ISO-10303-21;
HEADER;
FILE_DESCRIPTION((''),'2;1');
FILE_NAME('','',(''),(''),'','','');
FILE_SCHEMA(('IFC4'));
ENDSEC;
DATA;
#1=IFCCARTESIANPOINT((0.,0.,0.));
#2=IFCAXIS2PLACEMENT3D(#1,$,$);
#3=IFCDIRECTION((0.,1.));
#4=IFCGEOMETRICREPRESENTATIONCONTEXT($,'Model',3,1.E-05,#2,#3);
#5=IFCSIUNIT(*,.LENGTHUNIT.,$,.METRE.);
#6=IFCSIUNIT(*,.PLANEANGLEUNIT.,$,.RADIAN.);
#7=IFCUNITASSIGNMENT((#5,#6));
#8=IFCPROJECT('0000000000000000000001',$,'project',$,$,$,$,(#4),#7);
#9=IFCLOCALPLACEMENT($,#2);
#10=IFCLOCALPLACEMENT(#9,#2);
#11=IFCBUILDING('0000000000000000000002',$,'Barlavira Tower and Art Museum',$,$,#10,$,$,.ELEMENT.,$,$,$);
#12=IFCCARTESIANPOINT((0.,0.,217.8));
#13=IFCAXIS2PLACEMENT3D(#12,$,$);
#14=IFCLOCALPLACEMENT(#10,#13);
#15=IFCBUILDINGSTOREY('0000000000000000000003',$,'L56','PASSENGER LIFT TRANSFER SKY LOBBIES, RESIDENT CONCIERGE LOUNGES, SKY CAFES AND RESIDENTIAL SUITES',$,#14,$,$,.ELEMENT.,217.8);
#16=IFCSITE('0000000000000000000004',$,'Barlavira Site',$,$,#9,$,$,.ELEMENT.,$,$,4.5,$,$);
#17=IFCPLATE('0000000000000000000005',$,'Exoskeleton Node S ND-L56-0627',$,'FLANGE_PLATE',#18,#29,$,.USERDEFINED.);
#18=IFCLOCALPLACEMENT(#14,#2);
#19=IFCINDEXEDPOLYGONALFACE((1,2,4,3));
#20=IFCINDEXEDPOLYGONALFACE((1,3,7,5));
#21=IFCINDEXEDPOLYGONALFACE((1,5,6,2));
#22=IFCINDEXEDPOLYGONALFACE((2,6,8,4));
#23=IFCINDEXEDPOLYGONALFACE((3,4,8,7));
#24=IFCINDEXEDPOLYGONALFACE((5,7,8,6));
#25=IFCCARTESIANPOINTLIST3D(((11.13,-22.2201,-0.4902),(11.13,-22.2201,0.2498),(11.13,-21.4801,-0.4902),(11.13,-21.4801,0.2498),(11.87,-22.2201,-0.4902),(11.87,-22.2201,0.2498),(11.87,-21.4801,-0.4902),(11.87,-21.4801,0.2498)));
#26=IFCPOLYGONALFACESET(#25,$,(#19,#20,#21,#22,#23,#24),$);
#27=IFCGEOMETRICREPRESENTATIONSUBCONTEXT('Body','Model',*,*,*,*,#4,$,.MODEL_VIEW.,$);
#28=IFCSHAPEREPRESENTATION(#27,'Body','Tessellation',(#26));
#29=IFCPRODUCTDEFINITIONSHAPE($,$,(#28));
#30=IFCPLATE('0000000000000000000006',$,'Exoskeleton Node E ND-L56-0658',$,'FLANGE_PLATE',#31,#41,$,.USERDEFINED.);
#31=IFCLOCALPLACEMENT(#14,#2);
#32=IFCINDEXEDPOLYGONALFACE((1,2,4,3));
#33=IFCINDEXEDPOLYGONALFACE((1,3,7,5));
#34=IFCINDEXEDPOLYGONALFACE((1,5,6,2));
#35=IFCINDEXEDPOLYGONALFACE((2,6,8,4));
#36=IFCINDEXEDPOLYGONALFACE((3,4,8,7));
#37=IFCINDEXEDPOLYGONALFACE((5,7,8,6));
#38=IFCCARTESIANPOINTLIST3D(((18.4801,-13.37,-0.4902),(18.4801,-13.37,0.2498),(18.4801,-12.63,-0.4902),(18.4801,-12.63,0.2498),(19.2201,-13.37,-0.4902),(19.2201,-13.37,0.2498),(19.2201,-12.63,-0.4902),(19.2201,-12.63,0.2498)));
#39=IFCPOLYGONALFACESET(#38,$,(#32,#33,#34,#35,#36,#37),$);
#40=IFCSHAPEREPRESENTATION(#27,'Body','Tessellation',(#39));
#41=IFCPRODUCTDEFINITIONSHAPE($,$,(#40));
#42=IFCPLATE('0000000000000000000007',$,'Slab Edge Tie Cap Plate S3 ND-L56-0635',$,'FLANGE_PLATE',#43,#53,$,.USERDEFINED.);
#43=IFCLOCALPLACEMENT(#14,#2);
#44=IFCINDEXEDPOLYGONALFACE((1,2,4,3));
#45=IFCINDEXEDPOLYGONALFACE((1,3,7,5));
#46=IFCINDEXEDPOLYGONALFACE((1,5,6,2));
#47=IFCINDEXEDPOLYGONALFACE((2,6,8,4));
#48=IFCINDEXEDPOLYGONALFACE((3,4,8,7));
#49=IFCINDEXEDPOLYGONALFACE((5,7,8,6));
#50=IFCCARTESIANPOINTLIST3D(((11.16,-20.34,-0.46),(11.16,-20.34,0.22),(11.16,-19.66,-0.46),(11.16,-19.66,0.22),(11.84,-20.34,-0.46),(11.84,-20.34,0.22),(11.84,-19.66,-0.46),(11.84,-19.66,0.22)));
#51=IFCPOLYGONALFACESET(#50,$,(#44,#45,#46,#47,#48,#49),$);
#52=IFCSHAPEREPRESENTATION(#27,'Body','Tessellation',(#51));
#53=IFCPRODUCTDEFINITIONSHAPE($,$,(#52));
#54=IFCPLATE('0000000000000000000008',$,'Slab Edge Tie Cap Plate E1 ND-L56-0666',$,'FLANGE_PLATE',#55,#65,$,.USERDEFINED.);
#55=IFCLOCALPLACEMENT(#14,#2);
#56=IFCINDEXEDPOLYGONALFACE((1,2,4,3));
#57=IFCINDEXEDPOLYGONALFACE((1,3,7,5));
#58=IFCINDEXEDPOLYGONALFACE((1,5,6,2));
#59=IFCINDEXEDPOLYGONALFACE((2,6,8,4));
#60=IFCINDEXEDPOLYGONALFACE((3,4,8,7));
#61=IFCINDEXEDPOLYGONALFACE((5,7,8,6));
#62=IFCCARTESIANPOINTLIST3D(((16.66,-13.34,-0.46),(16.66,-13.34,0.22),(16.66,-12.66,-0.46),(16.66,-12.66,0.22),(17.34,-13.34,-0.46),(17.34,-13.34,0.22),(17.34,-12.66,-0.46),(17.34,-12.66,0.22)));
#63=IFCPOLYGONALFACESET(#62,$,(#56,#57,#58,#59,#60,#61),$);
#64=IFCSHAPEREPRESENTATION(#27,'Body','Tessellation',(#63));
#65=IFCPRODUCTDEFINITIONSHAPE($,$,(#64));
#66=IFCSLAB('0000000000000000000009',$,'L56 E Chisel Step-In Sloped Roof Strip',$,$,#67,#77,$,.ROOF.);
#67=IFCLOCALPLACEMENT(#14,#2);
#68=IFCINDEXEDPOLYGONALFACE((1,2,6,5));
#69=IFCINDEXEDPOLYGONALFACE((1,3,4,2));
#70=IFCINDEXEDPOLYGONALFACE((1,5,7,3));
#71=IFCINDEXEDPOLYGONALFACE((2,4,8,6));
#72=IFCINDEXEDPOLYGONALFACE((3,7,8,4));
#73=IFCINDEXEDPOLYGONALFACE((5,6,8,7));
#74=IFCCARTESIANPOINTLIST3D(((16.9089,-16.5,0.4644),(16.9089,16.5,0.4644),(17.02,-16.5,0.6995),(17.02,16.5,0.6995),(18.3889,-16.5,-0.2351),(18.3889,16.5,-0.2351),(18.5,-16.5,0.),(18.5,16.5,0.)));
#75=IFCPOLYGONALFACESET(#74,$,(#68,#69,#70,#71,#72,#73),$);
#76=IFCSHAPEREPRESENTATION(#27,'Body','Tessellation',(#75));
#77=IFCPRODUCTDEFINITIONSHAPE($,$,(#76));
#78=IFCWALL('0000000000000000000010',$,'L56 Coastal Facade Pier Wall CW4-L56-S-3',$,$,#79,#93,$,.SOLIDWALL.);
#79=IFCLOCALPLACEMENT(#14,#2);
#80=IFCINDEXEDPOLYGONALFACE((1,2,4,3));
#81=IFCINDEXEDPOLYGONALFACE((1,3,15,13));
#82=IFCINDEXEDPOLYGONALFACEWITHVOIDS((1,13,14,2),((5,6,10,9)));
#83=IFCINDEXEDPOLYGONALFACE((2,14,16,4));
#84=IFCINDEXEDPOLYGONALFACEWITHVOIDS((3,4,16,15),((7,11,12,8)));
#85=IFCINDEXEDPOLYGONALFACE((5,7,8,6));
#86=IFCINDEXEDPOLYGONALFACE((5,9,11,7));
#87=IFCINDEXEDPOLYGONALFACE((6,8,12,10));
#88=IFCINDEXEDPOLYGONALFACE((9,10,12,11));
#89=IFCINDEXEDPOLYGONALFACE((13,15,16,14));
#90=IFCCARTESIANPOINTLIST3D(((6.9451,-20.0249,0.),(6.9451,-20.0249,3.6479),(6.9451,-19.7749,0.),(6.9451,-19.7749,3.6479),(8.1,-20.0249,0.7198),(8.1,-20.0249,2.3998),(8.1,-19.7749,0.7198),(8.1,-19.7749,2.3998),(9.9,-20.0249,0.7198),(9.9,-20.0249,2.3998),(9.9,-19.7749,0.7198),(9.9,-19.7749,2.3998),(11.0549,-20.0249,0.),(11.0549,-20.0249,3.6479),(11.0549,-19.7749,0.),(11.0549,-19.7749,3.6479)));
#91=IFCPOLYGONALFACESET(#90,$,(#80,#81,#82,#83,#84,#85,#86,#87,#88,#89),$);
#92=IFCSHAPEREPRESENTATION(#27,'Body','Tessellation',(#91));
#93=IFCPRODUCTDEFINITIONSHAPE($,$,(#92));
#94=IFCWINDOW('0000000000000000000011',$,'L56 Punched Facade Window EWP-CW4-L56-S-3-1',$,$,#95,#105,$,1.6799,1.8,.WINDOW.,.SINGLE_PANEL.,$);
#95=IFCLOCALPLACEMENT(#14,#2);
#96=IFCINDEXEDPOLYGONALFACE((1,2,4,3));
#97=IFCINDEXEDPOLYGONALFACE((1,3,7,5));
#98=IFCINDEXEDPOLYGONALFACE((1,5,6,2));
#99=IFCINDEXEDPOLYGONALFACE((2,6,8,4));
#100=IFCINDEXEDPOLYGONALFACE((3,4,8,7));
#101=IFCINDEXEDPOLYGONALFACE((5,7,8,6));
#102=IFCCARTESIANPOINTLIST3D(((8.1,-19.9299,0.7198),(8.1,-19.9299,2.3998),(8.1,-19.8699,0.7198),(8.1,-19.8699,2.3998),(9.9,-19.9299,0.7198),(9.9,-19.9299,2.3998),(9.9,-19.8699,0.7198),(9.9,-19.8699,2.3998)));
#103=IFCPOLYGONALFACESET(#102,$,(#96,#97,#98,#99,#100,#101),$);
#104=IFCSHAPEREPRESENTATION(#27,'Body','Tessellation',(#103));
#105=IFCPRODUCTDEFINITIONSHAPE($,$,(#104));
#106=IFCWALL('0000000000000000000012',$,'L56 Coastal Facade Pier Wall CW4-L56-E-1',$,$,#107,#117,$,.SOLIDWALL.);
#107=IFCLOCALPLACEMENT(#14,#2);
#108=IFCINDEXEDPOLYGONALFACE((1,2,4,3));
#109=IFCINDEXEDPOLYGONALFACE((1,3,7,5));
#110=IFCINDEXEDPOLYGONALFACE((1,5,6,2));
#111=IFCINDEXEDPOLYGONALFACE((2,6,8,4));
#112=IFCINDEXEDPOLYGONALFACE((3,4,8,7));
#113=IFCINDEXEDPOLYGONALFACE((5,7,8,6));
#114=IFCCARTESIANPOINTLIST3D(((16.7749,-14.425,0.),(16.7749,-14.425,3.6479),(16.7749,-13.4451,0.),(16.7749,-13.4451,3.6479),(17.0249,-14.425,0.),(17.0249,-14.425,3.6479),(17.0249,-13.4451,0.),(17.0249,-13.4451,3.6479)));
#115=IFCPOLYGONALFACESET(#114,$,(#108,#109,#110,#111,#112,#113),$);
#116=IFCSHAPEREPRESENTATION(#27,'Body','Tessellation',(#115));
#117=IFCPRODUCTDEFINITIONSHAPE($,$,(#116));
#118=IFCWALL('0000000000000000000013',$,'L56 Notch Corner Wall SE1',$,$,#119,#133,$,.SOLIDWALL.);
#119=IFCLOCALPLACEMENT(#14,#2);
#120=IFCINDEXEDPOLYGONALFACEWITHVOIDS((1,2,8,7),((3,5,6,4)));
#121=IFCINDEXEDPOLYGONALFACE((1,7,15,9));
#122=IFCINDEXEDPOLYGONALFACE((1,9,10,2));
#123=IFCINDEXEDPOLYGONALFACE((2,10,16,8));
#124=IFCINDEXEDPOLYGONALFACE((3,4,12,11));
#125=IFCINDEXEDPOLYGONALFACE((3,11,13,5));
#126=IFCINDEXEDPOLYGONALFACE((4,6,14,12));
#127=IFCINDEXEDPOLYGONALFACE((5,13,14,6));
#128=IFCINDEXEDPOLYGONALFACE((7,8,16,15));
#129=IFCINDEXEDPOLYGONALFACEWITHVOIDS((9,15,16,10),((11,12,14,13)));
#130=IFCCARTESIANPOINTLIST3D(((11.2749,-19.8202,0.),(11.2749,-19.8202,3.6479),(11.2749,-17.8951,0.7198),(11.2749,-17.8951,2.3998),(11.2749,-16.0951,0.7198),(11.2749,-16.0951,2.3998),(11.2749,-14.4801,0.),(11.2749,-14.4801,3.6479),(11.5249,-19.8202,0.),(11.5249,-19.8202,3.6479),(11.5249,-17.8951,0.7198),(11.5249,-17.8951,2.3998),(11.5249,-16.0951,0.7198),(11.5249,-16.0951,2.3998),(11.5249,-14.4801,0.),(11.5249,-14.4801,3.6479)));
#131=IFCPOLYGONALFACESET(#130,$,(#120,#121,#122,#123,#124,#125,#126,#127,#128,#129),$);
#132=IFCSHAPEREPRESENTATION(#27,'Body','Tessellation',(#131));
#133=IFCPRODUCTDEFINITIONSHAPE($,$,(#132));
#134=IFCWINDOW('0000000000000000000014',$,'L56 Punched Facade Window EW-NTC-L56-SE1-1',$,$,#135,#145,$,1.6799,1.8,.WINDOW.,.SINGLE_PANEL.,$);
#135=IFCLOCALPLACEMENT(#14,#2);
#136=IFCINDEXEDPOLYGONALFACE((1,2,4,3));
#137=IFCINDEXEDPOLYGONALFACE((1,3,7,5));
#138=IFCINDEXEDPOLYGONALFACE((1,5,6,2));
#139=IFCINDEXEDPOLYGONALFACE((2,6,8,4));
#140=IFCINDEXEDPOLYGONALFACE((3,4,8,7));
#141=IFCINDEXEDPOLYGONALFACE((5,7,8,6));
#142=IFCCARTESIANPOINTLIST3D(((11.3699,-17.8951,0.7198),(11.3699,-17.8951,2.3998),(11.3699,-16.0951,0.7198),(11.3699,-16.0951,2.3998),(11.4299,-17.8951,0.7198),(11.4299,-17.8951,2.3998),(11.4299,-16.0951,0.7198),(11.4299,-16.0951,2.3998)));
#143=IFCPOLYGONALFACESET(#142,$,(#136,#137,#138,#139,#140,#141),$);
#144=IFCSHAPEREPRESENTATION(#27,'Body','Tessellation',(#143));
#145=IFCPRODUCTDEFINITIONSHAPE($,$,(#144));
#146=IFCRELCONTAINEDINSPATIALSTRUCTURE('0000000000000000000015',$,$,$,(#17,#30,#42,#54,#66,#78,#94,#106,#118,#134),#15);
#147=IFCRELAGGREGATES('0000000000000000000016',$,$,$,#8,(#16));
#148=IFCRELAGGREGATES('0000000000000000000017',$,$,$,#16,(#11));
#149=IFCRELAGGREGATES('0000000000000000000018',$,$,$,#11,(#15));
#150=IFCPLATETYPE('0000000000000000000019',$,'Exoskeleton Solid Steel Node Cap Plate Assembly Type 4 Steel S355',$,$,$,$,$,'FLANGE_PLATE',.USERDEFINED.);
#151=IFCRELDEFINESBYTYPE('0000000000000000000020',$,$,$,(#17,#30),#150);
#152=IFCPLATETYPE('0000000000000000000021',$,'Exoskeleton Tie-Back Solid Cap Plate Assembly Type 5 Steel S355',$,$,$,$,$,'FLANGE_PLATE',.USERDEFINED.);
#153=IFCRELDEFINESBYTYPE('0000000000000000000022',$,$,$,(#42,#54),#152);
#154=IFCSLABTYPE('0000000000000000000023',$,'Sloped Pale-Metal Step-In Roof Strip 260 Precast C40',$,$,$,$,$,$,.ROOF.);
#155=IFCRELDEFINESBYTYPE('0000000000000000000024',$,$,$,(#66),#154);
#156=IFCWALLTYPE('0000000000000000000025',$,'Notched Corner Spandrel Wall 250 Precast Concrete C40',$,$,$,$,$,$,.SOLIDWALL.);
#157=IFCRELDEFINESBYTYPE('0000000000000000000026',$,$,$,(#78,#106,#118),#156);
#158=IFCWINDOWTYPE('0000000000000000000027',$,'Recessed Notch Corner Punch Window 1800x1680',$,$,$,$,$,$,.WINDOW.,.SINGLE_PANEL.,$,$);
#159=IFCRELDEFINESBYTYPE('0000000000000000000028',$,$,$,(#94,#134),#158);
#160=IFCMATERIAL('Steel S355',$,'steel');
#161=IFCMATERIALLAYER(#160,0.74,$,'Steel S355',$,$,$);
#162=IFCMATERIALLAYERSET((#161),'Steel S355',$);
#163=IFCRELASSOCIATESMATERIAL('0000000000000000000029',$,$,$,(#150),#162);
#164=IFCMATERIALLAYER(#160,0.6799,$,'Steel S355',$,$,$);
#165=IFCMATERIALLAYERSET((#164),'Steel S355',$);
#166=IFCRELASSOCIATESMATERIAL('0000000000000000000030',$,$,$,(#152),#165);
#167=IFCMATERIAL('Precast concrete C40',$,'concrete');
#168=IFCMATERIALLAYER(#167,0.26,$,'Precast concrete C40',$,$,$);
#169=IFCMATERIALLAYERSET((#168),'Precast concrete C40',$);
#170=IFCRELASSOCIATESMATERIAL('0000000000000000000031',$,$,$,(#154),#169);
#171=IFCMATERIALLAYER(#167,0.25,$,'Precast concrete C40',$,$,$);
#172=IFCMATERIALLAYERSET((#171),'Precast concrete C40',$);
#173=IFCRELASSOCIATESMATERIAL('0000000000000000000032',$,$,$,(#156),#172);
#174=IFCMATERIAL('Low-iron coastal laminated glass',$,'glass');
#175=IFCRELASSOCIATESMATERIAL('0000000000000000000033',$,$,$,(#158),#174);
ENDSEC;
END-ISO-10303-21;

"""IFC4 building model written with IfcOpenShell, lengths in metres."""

from ifc_helpers import new_model, si_unit, direction, frame, frame_2d, origin, origin_2d, place, context, subcontext, project, spatial, polyline, rectangle, outline, extrude, material, layer, layer_set, type_object, element, fill, save


model = new_model("IFC4")

# Units and contexts
model_context = context("Model", 3, precision=1e-05, world=origin(), true_north=direction((0.0, 1.0)))
body_context = subcontext(model_context, "Body", "Model", "MODEL_VIEW")
ifc_project = project(units=[si_unit("LENGTHUNIT", "METRE"), si_unit("PLANEANGLEUNIT", "RADIAN")], contexts=[model_context])

# Site, building, storey
site_placement = place(None, origin())
site = spatial("IfcSite", under=ifc_project, at=site_placement, Name="Barlavira Site", CompositionType="ELEMENT", RefElevation=4.5)
building_placement = place(site_placement, origin())
building = spatial("IfcBuilding", under=site, at=building_placement, Name="Barlavira Tower and Art Museum", CompositionType="ELEMENT")
storey_placement = place(building_placement, frame((0.0, 0.0, 217.8)))
storey = spatial("IfcBuildingStorey", under=building, at=storey_placement, Name="L56", Description="PASSENGER LIFT TRANSFER SKY LOBBIES, RESIDENT CONCIERGE LOUNGES, SKY CAFES AND RESIDENTIAL SUITES", CompositionType="ELEMENT", Elevation=217.8)

# Shared definitions
ifc_material_1 = material(Name="Steel S355", Category="steel")

# Plates
ifc_layer_1 = layer(ifc_material_1, 0.74, Name="Steel S355")
ifc_layer_set_1 = layer_set([ifc_layer_1], Name="Steel S355")
plate_type_1 = type_object("IfcPlateType", Name="Exoskeleton Solid Steel Node Cap Plate Assembly Type 4 Steel S355", ElementType="FLANGE_PLATE", PredefinedType="USERDEFINED", material=ifc_layer_set_1)
for number, where, z_axis, x_axis, name in (
    (1, (11.5, -21.8501, -0.4902), (0.0, 0.0, 1.0), (1.0, 0.0, 0.0), "Exoskeleton Node S ND-L56-0627"),
    (2, (18.8501, -13.0, -0.4902), (0.0, 0.0, 1.0), (1.0, 0.0, 0.0), "Exoskeleton Node E ND-L56-0658"),
):
    element("IfcPlate", number, at=place(storey_placement, frame(where, z_axis=z_axis, x_axis=x_axis)), inside=storey, type_object=plate_type_1, Name=name, ObjectType="FLANGE_PLATE", PredefinedType="USERDEFINED", context=body_context, shape_type="SweptSolid", body=[
        extrude(rectangle(XDim=0.74, YDim=0.74, at=origin_2d()), origin(), (0.0, 0.0, 1.0), 0.74),
    ])
ifc_layer_2 = layer(ifc_material_1, 0.6799, Name="Steel S355")
ifc_layer_set_2 = layer_set([ifc_layer_2], Name="Steel S355")
plate_type_2 = type_object("IfcPlateType", Name="Exoskeleton Tie-Back Solid Cap Plate Assembly Type 5 Steel S355", ElementType="FLANGE_PLATE", PredefinedType="USERDEFINED", material=ifc_layer_set_2)
for number, where, z_axis, x_axis, name in (
    (3, (11.5, -20.0, -0.46), (0.0, 0.0, 1.0), (1.0, 0.0, 0.0), "Slab Edge Tie Cap Plate S3 ND-L56-0635"),
    (4, (17.0, -13.0, -0.46), (0.0, 0.0, 1.0), (1.0, 0.0, 0.0), "Slab Edge Tie Cap Plate E1 ND-L56-0666"),
):
    element("IfcPlate", number, at=place(storey_placement, frame(where, z_axis=z_axis, x_axis=x_axis)), inside=storey, type_object=plate_type_2, Name=name, ObjectType="FLANGE_PLATE", PredefinedType="USERDEFINED", context=body_context, shape_type="SweptSolid", body=[
        extrude(rectangle(XDim=0.6799, YDim=0.6799, at=origin_2d()), origin(), (0.0, 0.0, 1.0), 0.6799),
    ])

# Slab
ifc_material_2 = material(Name="Precast concrete C40", Category="concrete")
ifc_layer_3 = layer(ifc_material_2, 0.26, Name="Precast concrete C40")
ifc_layer_set_3 = layer_set([ifc_layer_3], Name="Precast concrete C40")
slab_type = type_object("IfcSlabType", Name="Sloped Pale-Metal Step-In Roof Strip 260 Precast C40", PredefinedType="ROOF", material=ifc_layer_set_3)
slab_placement = place(storey_placement, frame((17.02, -16.5, 0.6995), z_axis=(0.427298, 0.0, 0.904111), x_axis=(0.904111, 0.0, -0.427298)))
element("IfcSlab", 5, at=slab_placement, inside=storey, type_object=slab_type, Name="L56 E Chisel Step-In Sloped Roof Strip", PredefinedType="ROOF", context=body_context, shape_type="SweptSolid", body=[
    extrude(outline(polyline([(0.0, 0.0), (1.6369, 0.0), (1.6369, 33.0), (0.0, 33.0), (0.0, 0.0)])), origin(), (0.0, 0.0, -1.0), 0.26),
])

# Wall, opening, window
ifc_layer_4 = layer(ifc_material_2, 0.25, Name="Precast concrete C40")
ifc_layer_set_4 = layer_set([ifc_layer_4], Name="Precast concrete C40")
wall_type = type_object("IfcWallType", Name="Notched Corner Spandrel Wall 250 Precast Concrete C40", PredefinedType="SOLIDWALL", material=ifc_layer_set_4)
wall_1_placement = place(storey_placement, frame((6.9451, -19.8999, 0.0), z_axis=(0.0, 0.0, 1.0), x_axis=(1.0, 0.0, 0.0)))
wall_1 = element("IfcWall", 6, at=wall_1_placement, inside=storey, type_object=wall_type, Name="L56 Coastal Facade Pier Wall CW4-L56-S-3", PredefinedType="SOLIDWALL", context=body_context, shape_type="SweptSolid", body=[
    extrude(rectangle(XDim=4.1099, YDim=0.25, at=frame_2d((2.0549, 0.0))), origin(), (0.0, 0.0, 1.0), 3.6479),
])
opening_1_placement = place(wall_1_placement, frame((1.155, 0.0, 0.72)))
opening_1 = element("IfcOpeningElement", 7, at=opening_1_placement, cuts=wall_1, PredefinedType="OPENING", context=body_context, shape_type="SweptSolid", body=[
    extrude(rectangle(XDim=1.8, YDim=1.6799, at=frame_2d((0.8999, 0.8398))), frame((0.0, 0.135, 0.0), z_axis=(0.0, -1.0, 0.0), x_axis=(1.0, 0.0, 0.0)), (0.0, 0.0, 1.0), 0.27),
])
ifc_material_3 = material(Name="Low-iron coastal laminated glass", Category="glass")
window_type = type_object("IfcWindowType", Name="Recessed Notch Corner Punch Window 1800x1680", PartitioningType="SINGLE_PANEL", PredefinedType="WINDOW", material=ifc_material_3)
window_1_placement = place(opening_1_placement, origin())
window_1 = element("IfcWindow", 8, at=window_1_placement, inside=storey, type_object=window_type, Name="L56 Punched Facade Window EWP-CW4-L56-S-3-1", OverallHeight=1.6799, OverallWidth=1.8, PartitioningType="SINGLE_PANEL", PredefinedType="WINDOW", context=body_context, shape_type="SweptSolid", body=[
    extrude(rectangle(XDim=1.8, YDim=1.6799, at=frame_2d((0.8999, 0.8398))), frame((0.0, 0.03, 0.0), z_axis=(0.0, -1.0, 0.0), x_axis=(1.0, 0.0, 0.0)), (0.0, 0.0, 1.0), 0.0601),
])
fill(opening_1, window_1)

# Wall
wall_2_placement = place(storey_placement, frame((16.8999, -14.425, 0.0), z_axis=(0.0, 0.0, 1.0), x_axis=(0.0, 1.0, 0.0)))
element("IfcWall", 9, at=wall_2_placement, inside=storey, type_object=wall_type, Name="L56 Coastal Facade Pier Wall CW4-L56-E-1", PredefinedType="SOLIDWALL", context=body_context, shape_type="SweptSolid", body=[
    extrude(rectangle(XDim=0.98, YDim=0.25, at=frame_2d((0.49, 0.0))), origin(), (0.0, 0.0, 1.0), 3.6479),
])

# Wall, opening, window
wall_3_placement = place(storey_placement, frame((11.3999, -19.8201, 0.0), z_axis=(0.0, 0.0, 1.0), x_axis=(0.0, 1.0, 0.0)))
wall_3 = element("IfcWall", 10, at=wall_3_placement, inside=storey, type_object=wall_type, Name="L56 Notch Corner Wall SE1", PredefinedType="SOLIDWALL", context=body_context, shape_type="SweptSolid", body=[
    extrude(rectangle(XDim=5.3401, YDim=0.25, at=frame_2d((2.6699, 0.0))), origin(), (0.0, 0.0, 1.0), 3.6479),
])
opening_2_placement = place(wall_3_placement, frame((1.925, 0.0, 0.72)))
opening_2 = element("IfcOpeningElement", 11, at=opening_2_placement, cuts=wall_3, PredefinedType="OPENING", context=body_context, shape_type="SweptSolid", body=[
    extrude(rectangle(XDim=1.8, YDim=1.6799, at=frame_2d((0.8999, 0.8398))), frame((0.0, 0.135, 0.0), z_axis=(0.0, -1.0, 0.0), x_axis=(1.0, 0.0, 0.0)), (0.0, 0.0, 1.0), 0.27),
])
window_2_placement = place(opening_2_placement, origin())
window_2 = element("IfcWindow", 12, at=window_2_placement, inside=storey, type_object=window_type, Name="L56 Punched Facade Window EW-NTC-L56-SE1-1", OverallHeight=1.6799, OverallWidth=1.8, PartitioningType="SINGLE_PANEL", PredefinedType="WINDOW", context=body_context, shape_type="SweptSolid", body=[
    extrude(rectangle(XDim=1.8, YDim=1.6799, at=frame_2d((0.8999, 0.8398))), frame((0.0, 0.03, 0.0), z_axis=(0.0, -1.0, 0.0), x_axis=(1.0, 0.0, 0.0)), (0.0, 0.0, 1.0), 0.0601),
])
fill(opening_2, window_2)

save(model, "model.ifc")
